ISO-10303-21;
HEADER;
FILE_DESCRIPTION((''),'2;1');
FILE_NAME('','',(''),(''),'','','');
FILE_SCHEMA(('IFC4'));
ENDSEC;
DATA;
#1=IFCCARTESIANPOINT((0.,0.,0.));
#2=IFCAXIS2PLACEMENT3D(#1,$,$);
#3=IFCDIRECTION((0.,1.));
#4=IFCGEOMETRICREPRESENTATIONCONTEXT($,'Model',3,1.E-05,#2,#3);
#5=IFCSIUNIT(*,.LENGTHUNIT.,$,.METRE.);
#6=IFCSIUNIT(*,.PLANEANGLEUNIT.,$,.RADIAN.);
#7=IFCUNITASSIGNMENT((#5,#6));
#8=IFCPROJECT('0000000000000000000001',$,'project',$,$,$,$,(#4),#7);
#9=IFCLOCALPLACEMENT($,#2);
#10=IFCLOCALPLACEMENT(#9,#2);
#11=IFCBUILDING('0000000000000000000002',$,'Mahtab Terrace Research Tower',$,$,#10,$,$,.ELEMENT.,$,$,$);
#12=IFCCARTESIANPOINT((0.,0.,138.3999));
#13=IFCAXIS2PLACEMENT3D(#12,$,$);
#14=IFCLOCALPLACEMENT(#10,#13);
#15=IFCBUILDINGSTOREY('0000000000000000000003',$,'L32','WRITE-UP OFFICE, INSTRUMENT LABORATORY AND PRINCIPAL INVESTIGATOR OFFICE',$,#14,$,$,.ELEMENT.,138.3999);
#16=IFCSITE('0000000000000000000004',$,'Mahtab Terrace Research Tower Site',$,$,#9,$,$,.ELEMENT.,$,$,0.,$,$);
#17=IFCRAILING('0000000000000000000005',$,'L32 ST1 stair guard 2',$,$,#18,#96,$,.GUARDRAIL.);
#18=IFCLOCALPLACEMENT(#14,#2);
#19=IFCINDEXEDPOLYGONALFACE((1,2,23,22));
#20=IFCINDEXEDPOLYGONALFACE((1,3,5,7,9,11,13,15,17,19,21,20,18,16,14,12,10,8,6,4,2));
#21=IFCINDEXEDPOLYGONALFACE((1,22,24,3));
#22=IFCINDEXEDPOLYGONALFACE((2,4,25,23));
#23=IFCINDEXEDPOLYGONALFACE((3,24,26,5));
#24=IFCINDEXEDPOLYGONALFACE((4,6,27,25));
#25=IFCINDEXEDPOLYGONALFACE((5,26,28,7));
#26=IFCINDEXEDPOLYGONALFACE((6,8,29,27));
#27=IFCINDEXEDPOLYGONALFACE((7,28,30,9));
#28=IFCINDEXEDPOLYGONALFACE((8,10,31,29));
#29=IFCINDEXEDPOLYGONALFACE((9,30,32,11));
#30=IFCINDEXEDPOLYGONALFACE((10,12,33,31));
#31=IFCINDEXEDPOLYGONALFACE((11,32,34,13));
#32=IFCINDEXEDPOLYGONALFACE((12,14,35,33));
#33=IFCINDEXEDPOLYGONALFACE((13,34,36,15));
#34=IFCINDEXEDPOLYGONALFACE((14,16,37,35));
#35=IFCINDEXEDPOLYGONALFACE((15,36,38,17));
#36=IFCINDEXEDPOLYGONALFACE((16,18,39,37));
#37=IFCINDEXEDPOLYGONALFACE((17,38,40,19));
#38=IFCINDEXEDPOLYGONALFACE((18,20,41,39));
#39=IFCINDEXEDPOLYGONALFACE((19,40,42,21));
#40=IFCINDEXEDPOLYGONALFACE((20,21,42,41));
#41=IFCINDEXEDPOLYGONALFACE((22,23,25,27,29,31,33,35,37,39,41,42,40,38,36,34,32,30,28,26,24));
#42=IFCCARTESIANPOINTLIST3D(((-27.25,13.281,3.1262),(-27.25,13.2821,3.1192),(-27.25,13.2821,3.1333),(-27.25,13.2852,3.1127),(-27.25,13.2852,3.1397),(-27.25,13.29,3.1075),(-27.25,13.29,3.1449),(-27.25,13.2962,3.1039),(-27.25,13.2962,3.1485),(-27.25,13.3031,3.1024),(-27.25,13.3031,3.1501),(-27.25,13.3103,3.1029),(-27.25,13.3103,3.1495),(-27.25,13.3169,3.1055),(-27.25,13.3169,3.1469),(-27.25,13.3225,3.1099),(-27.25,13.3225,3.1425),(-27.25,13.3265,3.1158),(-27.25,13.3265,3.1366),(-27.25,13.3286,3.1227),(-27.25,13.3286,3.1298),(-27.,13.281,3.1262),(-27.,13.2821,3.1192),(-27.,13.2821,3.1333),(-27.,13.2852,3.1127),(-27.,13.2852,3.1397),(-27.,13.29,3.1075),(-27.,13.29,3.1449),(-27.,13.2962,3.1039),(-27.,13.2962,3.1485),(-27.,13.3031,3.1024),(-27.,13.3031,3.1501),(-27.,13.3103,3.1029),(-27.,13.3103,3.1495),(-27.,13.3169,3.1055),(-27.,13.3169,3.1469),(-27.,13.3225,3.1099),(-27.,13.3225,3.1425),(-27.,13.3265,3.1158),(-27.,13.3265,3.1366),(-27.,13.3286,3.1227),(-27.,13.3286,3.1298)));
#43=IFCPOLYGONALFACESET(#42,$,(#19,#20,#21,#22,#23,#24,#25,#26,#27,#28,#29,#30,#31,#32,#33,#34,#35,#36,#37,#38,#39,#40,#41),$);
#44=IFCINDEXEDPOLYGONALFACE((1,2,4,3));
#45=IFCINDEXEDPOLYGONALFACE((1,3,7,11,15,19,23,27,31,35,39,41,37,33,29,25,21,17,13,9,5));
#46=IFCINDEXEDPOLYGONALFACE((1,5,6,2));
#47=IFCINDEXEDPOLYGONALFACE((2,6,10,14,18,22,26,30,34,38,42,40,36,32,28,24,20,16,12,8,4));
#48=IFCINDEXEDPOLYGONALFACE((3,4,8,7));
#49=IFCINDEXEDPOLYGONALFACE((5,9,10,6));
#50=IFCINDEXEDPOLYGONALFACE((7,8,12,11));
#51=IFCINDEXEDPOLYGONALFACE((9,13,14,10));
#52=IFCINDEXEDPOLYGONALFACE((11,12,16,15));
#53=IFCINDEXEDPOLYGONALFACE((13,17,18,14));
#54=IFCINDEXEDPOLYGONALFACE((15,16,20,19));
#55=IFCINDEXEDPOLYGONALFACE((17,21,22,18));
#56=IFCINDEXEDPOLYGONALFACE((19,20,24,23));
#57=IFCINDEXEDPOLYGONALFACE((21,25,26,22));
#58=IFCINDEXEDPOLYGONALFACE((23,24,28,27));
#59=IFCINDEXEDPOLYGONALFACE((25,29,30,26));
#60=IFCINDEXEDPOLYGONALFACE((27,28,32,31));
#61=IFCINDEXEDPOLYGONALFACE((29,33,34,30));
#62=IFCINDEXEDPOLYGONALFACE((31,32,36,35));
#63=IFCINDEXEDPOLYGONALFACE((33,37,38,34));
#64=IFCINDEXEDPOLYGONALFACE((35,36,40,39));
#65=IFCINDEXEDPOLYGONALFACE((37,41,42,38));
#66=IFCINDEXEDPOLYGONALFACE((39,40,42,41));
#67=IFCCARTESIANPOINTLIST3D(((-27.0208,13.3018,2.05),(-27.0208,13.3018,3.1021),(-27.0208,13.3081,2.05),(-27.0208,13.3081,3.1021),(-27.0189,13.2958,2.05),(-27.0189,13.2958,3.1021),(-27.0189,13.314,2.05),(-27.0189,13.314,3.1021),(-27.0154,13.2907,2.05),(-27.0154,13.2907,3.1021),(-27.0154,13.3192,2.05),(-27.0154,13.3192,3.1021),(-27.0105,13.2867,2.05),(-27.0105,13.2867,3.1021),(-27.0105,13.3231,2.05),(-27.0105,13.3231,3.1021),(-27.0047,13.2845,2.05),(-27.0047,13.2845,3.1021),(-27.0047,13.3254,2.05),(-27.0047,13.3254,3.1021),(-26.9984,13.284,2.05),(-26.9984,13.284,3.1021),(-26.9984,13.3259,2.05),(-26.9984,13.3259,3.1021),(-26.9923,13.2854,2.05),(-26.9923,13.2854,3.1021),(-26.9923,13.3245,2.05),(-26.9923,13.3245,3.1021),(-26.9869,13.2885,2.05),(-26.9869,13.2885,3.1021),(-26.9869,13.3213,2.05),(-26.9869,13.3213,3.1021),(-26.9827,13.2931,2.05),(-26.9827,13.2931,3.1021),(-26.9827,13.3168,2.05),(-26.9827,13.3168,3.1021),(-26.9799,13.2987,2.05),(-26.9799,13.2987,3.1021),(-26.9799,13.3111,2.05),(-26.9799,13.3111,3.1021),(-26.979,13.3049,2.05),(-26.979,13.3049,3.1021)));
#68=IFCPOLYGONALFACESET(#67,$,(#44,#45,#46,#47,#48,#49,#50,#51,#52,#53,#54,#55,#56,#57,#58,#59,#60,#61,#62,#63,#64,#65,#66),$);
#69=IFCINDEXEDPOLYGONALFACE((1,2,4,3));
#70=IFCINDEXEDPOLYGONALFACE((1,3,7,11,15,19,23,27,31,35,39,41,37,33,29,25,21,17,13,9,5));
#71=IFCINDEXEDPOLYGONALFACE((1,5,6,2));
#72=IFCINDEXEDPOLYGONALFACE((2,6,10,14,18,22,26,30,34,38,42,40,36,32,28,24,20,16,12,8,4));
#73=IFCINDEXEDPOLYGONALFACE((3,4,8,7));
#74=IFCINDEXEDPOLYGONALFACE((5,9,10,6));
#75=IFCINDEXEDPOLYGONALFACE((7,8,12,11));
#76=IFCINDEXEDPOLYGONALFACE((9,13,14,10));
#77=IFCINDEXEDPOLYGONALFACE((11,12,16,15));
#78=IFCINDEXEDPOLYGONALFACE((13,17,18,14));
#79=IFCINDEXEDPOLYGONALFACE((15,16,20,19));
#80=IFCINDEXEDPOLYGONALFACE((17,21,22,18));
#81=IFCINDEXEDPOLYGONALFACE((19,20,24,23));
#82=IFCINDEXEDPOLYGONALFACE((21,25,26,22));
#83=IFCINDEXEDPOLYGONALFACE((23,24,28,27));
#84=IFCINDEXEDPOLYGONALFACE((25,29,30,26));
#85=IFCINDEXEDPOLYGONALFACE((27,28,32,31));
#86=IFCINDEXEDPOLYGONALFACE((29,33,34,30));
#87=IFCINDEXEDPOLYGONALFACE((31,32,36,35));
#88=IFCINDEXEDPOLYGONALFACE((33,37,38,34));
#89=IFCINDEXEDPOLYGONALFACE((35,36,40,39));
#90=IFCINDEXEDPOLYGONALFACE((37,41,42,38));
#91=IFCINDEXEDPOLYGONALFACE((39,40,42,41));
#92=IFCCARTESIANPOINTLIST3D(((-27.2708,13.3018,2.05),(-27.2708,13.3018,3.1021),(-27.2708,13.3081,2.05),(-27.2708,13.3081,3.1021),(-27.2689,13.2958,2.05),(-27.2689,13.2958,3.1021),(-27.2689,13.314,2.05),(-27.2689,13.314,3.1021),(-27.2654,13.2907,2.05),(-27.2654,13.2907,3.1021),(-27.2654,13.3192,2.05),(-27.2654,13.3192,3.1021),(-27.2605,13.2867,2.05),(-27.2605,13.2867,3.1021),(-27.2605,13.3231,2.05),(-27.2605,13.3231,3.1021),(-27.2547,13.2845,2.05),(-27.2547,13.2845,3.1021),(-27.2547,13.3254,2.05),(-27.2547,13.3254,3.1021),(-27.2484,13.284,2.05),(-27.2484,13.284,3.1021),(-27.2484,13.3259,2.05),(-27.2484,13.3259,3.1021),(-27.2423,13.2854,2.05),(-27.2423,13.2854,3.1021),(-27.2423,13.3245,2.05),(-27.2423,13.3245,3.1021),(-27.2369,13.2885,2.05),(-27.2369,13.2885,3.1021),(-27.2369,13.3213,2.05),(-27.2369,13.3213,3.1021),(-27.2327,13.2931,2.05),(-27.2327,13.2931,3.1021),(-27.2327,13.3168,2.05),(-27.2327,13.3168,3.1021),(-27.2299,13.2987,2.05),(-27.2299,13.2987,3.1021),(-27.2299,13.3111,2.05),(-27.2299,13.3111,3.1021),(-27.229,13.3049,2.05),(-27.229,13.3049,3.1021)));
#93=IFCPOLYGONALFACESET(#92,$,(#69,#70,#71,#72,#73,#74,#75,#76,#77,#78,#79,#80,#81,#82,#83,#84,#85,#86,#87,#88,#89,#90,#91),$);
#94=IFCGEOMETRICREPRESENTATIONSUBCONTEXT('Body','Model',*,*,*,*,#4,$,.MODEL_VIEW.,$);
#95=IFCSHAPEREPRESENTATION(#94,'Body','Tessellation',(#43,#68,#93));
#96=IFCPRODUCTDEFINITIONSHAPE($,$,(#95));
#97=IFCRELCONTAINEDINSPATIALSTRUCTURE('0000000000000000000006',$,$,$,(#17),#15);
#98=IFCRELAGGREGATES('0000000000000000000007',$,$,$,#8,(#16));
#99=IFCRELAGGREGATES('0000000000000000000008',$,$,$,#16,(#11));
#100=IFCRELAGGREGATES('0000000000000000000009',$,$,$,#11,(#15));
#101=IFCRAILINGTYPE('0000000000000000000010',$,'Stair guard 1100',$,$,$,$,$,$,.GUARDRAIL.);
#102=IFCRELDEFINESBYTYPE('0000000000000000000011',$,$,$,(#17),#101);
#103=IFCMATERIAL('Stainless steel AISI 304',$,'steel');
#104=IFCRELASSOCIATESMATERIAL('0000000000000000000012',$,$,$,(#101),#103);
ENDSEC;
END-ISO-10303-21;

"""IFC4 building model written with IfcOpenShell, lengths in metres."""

from ifc_helpers import new_model, si_unit, direction, frame, origin, origin_2d, place, context, subcontext, project, spatial, circle, extrude, material, type_object, element, save


model = new_model("IFC4")

# Units and contexts
model_context = context("Model", 3, precision=1e-05, world=origin(), true_north=direction((0.0, 1.0)))
body_context = subcontext(model_context, "Body", "Model", "MODEL_VIEW")
ifc_project = project(units=[si_unit("LENGTHUNIT", "METRE"), si_unit("PLANEANGLEUNIT", "RADIAN")], contexts=[model_context])

# Site, building, storey
site_placement = place(None, origin())
site = spatial("IfcSite", under=ifc_project, at=site_placement, Name="Mahtab Terrace Research Tower Site", CompositionType="ELEMENT", RefElevation=0.0)
building_placement = place(site_placement, origin())
building = spatial("IfcBuilding", under=site, at=building_placement, Name="Mahtab Terrace Research Tower", CompositionType="ELEMENT")
storey_placement = place(building_placement, frame((0.0, 0.0, 138.3999)))
storey = spatial("IfcBuildingStorey", under=building, at=storey_placement, Name="L32", Description="WRITE-UP OFFICE, INSTRUMENT LABORATORY AND PRINCIPAL INVESTIGATOR OFFICE", CompositionType="ELEMENT", Elevation=138.3999)

# Shared definitions
ifc_material_1 = material(Name="Stainless steel AISI 304", Category="steel")

# Railing
railing_type_1 = type_object("IfcRailingType", Name="Stair guard 1100", PredefinedType="GUARDRAIL", material=ifc_material_1)
railing_1_placement = place(storey_placement, frame((-27.0, 13.3049, 2.05)))
element("IfcRailing", 1, at=railing_1_placement, inside=storey, type_object=railing_type_1, Name="L32 ST1 stair guard 2", PredefinedType="GUARDRAIL", context=body_context, shape_type="SweptSolid", body=[
    extrude(circle(Radius=0.0239, at=origin_2d()), frame((0.0, 0.0, 1.0762), z_axis=(-1.0, 0.0, 0.0), x_axis=(0.0, -1.0, 0.0)), (0.0, 0.0, 1.0), 0.25),
    extrude(circle(Radius=0.021, at=origin_2d()), origin(), (0.0, 0.0, 1.0), 1.052),
    extrude(circle(Radius=0.021, at=origin_2d()), frame((-0.25, 0.0, 0.0)), (0.0, 0.0, 1.0), 1.052),
])

save(model, "model.ifc")
